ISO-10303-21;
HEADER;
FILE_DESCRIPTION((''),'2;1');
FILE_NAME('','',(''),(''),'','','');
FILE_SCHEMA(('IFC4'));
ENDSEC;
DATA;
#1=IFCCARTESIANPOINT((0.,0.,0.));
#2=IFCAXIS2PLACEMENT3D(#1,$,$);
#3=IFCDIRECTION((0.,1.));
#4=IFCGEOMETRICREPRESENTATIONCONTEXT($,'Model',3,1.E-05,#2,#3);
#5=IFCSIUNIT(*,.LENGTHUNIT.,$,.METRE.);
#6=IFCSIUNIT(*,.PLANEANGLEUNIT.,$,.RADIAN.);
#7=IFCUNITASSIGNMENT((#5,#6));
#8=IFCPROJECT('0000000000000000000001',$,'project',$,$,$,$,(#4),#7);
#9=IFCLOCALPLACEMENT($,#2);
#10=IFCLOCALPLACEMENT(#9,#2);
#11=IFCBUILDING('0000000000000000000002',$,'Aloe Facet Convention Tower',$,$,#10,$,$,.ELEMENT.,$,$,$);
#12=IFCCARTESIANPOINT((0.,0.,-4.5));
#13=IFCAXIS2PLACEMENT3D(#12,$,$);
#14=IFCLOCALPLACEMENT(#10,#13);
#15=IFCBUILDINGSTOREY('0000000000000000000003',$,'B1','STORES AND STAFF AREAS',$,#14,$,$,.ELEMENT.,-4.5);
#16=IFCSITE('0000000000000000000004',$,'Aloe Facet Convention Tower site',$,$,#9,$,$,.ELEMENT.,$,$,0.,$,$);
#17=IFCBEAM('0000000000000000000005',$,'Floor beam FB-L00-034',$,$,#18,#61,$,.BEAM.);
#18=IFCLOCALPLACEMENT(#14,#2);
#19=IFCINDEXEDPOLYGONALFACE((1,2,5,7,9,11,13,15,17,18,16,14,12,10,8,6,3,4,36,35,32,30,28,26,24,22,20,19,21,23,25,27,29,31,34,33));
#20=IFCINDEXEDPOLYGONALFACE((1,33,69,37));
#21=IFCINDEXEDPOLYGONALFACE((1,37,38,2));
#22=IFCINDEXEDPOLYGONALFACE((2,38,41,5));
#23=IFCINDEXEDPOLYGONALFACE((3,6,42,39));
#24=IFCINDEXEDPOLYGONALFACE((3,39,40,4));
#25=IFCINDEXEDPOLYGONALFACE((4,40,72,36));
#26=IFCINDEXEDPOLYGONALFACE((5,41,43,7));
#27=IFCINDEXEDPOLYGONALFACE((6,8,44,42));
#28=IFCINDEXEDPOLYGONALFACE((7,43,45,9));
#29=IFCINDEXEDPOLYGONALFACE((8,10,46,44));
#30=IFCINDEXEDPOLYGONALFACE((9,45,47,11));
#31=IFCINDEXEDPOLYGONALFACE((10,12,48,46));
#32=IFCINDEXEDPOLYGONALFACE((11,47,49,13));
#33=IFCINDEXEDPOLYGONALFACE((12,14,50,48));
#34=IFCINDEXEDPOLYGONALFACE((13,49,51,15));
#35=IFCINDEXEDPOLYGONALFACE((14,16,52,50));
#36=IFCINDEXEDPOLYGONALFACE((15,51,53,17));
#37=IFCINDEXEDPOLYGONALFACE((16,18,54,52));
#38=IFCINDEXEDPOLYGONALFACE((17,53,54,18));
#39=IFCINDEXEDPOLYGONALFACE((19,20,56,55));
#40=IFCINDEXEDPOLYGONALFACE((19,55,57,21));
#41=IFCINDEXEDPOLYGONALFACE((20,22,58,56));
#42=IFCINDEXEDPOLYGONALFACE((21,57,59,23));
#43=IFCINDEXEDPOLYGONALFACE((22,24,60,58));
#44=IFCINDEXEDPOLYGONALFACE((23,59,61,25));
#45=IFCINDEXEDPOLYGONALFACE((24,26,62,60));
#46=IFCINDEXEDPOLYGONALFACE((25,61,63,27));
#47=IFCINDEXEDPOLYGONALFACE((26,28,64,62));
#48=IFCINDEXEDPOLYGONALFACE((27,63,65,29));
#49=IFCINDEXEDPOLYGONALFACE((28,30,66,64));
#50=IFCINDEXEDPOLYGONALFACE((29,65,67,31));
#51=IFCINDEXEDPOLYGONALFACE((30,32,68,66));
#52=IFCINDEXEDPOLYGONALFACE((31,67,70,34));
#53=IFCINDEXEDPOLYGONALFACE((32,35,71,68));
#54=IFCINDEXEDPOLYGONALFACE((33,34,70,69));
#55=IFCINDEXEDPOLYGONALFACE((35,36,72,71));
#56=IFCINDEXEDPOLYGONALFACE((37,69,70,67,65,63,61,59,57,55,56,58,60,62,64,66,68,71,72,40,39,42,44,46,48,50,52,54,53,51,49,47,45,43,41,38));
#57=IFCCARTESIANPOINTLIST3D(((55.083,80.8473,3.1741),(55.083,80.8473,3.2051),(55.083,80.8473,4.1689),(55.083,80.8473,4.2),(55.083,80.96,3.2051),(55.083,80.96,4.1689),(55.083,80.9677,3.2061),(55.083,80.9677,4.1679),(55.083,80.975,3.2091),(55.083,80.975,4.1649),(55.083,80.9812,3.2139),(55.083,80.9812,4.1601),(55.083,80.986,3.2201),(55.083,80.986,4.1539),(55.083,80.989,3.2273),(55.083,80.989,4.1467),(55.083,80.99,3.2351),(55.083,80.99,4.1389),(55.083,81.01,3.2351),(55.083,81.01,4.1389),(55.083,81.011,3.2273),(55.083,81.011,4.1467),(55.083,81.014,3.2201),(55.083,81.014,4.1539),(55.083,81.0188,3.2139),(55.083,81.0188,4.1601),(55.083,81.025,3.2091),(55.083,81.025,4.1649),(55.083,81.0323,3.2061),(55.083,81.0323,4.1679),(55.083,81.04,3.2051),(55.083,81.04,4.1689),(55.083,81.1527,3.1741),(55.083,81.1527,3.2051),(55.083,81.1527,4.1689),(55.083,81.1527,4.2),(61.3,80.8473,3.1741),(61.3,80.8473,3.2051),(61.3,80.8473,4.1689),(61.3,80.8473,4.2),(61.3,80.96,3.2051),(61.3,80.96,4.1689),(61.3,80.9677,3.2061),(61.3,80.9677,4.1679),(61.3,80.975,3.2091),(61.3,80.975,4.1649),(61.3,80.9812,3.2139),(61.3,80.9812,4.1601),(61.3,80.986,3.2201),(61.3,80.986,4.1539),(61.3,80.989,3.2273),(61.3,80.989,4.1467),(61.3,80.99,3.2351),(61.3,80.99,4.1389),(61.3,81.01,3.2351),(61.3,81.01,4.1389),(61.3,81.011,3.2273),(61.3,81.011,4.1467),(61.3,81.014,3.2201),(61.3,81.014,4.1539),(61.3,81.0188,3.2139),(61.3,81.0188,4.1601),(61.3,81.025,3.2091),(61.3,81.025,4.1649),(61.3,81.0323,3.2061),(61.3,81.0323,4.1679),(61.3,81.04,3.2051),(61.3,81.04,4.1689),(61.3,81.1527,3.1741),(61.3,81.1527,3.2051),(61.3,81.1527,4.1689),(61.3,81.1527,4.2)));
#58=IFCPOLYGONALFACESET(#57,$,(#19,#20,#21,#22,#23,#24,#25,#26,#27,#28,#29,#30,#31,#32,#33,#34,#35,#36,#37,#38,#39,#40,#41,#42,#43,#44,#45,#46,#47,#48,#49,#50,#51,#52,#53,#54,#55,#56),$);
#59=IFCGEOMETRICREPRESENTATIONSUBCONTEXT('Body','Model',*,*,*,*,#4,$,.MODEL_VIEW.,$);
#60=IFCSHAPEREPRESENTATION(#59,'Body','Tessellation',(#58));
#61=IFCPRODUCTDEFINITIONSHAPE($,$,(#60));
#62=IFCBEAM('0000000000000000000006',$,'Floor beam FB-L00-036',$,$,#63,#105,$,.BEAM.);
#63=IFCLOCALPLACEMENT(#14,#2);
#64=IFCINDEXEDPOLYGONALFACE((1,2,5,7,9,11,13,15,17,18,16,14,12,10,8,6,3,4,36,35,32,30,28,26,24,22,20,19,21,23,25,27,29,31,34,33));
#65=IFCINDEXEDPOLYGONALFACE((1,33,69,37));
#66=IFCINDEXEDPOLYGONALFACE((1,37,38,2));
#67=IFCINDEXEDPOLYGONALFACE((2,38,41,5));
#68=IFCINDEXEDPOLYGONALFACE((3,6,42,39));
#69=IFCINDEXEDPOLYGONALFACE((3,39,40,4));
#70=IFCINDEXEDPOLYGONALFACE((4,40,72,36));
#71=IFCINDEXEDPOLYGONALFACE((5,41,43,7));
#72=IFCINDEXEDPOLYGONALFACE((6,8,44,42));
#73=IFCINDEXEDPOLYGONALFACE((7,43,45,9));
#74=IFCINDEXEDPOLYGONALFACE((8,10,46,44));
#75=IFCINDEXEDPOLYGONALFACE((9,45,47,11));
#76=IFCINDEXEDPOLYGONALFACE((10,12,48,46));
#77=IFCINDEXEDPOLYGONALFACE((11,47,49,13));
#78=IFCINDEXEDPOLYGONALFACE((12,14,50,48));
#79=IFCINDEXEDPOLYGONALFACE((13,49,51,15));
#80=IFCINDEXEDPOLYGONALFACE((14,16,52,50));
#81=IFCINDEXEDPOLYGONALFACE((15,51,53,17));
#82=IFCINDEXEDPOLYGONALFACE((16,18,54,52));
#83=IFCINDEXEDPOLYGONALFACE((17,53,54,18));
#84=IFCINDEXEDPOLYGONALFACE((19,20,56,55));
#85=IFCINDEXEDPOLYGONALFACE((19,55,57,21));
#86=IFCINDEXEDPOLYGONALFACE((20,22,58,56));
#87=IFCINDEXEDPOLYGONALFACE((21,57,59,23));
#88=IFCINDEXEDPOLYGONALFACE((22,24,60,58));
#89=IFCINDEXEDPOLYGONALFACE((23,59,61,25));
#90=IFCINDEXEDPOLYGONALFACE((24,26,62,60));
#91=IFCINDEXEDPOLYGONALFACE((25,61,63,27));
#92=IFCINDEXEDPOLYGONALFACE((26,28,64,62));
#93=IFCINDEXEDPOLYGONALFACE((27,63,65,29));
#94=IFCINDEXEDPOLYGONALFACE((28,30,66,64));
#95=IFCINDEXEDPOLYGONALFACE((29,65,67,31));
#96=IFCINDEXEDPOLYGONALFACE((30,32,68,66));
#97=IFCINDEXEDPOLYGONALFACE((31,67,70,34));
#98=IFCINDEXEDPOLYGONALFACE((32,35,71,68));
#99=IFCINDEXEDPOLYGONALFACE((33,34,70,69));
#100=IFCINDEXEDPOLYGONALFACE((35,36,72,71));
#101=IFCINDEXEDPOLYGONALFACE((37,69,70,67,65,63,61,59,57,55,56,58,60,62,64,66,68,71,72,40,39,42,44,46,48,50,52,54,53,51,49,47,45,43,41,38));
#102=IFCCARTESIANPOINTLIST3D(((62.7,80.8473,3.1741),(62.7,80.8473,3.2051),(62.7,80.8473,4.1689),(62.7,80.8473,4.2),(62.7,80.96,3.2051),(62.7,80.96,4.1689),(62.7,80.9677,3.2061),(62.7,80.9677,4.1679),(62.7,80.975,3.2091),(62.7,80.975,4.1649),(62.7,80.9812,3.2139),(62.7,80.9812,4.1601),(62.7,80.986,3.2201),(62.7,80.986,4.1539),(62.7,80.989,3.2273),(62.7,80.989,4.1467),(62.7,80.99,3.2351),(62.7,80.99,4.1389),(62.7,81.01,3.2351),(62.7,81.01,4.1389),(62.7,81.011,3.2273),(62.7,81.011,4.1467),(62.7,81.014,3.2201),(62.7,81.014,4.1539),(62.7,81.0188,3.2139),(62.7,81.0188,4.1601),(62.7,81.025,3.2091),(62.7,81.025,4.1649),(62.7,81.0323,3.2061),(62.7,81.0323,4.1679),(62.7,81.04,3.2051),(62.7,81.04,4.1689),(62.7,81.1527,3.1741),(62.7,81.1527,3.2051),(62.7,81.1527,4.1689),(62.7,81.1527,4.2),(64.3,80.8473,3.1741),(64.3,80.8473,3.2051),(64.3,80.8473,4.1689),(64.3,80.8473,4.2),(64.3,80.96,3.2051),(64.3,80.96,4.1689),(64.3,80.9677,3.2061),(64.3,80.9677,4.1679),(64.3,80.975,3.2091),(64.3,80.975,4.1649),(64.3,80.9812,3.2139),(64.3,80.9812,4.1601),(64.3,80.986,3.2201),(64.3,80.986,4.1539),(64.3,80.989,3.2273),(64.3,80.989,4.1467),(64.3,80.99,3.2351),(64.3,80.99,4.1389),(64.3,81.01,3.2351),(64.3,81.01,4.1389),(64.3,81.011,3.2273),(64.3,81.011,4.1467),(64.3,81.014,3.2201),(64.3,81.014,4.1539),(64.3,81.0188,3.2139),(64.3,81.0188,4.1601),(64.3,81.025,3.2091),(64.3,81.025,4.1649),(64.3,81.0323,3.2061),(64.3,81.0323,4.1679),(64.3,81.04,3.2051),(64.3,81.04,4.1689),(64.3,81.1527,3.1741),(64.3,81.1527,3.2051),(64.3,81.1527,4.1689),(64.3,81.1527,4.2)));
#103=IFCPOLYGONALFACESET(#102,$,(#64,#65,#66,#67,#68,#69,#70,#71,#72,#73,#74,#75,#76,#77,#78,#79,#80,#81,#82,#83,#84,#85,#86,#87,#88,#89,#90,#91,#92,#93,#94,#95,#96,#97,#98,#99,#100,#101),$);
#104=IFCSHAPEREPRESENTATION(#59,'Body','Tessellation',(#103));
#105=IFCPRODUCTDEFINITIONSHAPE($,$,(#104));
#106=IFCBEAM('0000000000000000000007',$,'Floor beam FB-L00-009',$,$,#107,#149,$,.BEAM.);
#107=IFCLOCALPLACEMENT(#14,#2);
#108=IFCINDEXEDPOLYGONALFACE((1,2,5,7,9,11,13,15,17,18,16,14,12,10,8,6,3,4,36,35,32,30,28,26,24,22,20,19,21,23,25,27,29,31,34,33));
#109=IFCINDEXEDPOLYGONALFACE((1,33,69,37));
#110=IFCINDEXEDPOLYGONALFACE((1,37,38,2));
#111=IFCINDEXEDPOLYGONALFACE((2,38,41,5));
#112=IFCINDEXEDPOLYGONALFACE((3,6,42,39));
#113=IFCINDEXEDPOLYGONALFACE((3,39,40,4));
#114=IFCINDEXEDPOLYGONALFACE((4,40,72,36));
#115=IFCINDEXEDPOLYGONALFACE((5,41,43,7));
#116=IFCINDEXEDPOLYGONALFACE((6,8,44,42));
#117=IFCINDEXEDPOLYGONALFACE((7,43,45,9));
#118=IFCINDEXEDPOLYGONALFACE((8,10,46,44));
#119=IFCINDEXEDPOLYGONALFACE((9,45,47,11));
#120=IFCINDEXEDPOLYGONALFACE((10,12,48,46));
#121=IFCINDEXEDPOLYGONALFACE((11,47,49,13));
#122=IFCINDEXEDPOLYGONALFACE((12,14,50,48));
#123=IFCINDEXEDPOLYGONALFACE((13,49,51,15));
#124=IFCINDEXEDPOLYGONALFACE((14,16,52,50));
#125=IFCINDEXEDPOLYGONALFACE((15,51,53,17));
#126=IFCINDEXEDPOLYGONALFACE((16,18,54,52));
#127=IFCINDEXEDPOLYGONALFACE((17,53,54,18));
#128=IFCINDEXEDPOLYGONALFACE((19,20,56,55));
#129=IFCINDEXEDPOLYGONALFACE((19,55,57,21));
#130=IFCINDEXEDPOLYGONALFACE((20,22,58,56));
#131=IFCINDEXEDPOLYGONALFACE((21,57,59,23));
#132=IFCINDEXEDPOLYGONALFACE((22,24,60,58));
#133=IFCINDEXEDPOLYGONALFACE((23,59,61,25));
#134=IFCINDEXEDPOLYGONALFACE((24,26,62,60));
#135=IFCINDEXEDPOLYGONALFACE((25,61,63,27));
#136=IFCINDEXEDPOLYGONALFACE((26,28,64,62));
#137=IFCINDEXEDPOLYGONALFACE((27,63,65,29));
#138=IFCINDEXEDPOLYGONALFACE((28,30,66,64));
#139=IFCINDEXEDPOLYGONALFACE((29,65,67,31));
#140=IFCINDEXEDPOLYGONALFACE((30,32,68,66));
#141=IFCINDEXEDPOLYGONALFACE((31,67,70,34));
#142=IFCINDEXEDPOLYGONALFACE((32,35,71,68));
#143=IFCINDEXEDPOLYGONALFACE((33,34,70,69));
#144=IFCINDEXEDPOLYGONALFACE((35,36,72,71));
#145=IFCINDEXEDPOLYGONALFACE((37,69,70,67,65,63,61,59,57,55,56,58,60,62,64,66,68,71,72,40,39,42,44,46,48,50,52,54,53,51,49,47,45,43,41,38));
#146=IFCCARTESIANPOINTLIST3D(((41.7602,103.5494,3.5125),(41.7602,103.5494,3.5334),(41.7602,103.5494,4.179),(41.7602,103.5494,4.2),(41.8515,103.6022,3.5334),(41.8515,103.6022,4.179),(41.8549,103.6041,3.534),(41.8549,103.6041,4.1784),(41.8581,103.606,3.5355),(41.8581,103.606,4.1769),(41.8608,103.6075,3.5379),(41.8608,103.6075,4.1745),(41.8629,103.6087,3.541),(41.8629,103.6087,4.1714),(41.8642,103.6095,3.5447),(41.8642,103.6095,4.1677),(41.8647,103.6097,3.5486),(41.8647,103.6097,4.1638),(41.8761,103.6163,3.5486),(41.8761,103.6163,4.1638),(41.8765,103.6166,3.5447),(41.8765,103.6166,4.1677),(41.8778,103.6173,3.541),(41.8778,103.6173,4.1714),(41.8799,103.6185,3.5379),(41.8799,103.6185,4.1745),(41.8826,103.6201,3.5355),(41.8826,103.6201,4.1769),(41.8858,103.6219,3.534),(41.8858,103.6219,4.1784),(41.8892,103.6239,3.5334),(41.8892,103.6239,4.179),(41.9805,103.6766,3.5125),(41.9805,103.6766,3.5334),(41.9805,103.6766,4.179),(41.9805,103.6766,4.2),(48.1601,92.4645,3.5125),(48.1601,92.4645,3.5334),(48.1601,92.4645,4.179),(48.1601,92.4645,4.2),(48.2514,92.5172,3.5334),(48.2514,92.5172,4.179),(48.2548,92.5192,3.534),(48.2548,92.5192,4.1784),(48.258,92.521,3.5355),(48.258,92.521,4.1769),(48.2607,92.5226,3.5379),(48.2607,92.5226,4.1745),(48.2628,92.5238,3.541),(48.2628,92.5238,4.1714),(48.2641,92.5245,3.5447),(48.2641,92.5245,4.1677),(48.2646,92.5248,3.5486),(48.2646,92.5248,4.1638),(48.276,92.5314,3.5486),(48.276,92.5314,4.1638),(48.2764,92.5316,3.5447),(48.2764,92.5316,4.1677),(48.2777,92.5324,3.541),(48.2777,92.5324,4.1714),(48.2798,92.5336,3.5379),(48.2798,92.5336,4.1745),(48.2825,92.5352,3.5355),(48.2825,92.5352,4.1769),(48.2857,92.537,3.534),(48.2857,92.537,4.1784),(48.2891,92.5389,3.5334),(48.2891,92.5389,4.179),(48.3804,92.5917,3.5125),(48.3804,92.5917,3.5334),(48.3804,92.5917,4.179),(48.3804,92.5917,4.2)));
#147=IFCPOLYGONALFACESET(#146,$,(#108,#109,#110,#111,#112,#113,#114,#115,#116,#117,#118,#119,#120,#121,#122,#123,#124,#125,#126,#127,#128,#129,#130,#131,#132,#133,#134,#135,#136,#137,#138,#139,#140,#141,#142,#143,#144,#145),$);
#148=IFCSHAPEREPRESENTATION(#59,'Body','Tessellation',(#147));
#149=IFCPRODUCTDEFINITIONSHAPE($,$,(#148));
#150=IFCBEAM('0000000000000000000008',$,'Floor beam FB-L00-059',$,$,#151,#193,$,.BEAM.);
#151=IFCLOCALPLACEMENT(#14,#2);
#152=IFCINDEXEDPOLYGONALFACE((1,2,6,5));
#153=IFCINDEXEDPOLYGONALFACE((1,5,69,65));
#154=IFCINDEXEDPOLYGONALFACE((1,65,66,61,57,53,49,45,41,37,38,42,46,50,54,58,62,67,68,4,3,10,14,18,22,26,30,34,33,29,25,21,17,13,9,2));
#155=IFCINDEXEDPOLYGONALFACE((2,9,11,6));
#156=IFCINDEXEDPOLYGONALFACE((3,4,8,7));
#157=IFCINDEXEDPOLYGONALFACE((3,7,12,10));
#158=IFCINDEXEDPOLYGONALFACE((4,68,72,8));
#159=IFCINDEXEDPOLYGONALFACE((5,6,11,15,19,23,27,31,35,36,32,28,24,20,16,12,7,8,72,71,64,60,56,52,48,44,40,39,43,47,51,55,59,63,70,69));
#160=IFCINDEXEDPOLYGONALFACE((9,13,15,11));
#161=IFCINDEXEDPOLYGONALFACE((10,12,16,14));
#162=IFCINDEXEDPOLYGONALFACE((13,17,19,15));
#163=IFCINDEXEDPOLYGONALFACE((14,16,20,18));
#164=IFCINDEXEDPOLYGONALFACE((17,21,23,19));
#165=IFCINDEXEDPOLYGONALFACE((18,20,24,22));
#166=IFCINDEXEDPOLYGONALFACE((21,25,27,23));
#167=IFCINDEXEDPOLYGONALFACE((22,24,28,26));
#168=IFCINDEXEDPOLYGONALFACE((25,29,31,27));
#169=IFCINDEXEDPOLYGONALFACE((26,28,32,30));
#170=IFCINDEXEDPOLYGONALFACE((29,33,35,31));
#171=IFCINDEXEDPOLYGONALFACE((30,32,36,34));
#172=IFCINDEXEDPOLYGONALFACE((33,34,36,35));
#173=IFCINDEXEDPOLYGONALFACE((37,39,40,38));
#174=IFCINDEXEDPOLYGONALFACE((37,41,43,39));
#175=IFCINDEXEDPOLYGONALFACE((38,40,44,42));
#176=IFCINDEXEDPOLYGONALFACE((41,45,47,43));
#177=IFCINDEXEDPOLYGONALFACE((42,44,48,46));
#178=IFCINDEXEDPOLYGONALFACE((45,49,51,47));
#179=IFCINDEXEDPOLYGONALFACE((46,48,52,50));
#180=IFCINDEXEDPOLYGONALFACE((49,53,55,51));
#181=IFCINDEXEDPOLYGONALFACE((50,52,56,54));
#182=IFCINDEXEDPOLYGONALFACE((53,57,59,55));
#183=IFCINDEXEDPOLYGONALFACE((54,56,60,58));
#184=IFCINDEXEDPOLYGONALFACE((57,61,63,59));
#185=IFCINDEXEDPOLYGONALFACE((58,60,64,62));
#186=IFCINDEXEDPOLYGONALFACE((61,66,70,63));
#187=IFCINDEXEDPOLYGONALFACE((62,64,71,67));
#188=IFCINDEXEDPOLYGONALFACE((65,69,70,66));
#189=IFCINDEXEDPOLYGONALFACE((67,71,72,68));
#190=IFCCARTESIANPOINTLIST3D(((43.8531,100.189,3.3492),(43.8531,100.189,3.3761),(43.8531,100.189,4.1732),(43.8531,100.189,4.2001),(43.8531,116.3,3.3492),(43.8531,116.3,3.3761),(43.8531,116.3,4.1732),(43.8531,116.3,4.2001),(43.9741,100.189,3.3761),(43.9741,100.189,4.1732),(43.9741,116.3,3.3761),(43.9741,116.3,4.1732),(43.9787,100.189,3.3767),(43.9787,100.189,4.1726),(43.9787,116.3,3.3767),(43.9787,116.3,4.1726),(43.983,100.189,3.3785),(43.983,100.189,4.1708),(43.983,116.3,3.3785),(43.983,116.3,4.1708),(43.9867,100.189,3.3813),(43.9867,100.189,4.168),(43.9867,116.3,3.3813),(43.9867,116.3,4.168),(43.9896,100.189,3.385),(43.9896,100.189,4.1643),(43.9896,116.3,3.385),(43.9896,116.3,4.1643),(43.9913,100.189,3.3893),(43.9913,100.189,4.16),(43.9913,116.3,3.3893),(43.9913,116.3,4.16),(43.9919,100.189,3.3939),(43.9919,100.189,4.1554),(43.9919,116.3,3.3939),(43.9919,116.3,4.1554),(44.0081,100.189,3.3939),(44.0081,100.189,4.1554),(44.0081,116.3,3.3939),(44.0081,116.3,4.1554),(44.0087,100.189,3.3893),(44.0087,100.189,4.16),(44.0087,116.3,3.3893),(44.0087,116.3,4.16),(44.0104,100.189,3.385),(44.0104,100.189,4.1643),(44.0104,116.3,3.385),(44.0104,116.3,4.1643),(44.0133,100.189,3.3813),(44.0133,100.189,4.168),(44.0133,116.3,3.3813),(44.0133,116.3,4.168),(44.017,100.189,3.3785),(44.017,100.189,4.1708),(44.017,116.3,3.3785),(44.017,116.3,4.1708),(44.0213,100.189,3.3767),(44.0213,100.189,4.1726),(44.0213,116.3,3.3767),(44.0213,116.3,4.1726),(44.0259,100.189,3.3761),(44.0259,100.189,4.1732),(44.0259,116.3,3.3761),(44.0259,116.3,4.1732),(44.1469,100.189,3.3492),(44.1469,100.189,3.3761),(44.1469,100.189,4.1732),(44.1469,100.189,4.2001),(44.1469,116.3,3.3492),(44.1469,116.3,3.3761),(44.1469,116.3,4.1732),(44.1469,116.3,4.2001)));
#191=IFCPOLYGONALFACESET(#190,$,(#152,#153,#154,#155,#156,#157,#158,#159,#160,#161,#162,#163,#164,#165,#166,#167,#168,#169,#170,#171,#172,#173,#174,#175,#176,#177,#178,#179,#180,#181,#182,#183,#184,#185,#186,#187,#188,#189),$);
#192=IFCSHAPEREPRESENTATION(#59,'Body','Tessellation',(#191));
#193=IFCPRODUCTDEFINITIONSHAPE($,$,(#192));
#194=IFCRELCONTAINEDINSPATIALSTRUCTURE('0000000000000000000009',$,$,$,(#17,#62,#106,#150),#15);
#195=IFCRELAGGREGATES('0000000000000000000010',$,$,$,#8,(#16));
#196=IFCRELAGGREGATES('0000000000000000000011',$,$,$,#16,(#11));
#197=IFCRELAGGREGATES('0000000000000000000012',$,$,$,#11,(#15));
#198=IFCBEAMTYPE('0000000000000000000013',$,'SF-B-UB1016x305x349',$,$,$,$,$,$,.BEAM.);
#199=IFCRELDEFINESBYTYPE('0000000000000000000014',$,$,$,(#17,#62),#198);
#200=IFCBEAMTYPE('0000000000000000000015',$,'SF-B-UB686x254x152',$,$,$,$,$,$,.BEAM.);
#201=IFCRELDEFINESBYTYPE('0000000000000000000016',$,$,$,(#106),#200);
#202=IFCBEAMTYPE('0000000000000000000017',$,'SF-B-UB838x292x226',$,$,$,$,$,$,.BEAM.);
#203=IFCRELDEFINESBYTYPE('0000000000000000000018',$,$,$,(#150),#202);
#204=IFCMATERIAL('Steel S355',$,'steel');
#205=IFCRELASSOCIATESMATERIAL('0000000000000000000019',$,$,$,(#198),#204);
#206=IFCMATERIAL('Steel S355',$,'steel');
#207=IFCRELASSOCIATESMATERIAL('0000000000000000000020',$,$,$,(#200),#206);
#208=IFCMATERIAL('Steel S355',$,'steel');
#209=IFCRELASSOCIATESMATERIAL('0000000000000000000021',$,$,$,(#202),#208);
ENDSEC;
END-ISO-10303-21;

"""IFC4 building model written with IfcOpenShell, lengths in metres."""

from ifc_helpers import new_model, si_unit, direction, frame, origin, origin_2d, place, context, subcontext, project, spatial, i_section, extrude, material, material_profile, profile_set, type_object, element, save


model = new_model("IFC4")

# Units and contexts
model_context = context("Model", 3, precision=1e-05, world=origin(), true_north=direction((0.0, 1.0)))
body_context = subcontext(model_context, "Body", "Model", "MODEL_VIEW")
ifc_project = project(units=[si_unit("LENGTHUNIT", "METRE"), si_unit("PLANEANGLEUNIT", "RADIAN")], contexts=[model_context])

# Site, building, storey
site_placement = place(None, origin())
site = spatial("IfcSite", under=ifc_project, at=site_placement, Name="Aloe Facet Convention Tower site", CompositionType="ELEMENT", RefElevation=0.0)
building_placement = place(site_placement, origin())
building = spatial("IfcBuilding", under=site, at=building_placement, Name="Aloe Facet Convention Tower", CompositionType="ELEMENT")
storey_placement = place(building_placement, frame((0.0, 0.0, -4.5)))
storey = spatial("IfcBuildingStorey", under=building, at=storey_placement, Name="B1", Description="STORES AND STAFF AREAS", CompositionType="ELEMENT", Elevation=-4.5)

# Beams
ifc_material_1 = material(Name="Steel S355", Category="steel")
ifc_material_profile_1 = material_profile(ifc_material_1, i_section(OverallWidth=0.3054, OverallDepth=1.0259, WebThickness=0.02, FlangeThickness=0.031, FilletRadius=0.03, at=origin_2d()), Name="UB 1016x305x349")
ifc_profile_set_1 = profile_set([ifc_material_profile_1], Name="Steel S355")
beam_type_1 = type_object("IfcBeamType", Name="SF-B-UB1016x305x349", PredefinedType="BEAM", material=ifc_profile_set_1)
beam_1_placement = place(storey_placement, frame((55.083, 81.0, 3.687), z_axis=(1.0, 0.0, 0.0), x_axis=(0.0, 1.0, 0.0)))
element("IfcBeam", 1, at=beam_1_placement, inside=storey, type_object=beam_type_1, Name="Floor beam FB-L00-034", PredefinedType="BEAM", context=body_context, shape_type="SweptSolid", body=[
    extrude(i_section(OverallWidth=0.3054, OverallDepth=1.0259, WebThickness=0.02, FlangeThickness=0.031, FilletRadius=0.03, at=origin_2d()), origin(), (0.0, 0.0, 1.0), 6.217),
])
beam_2_placement = place(storey_placement, frame((62.7, 81.0, 3.687), z_axis=(1.0, 0.0, 0.0), x_axis=(0.0, 1.0, 0.0)))
element("IfcBeam", 2, at=beam_2_placement, inside=storey, type_object=beam_type_1, Name="Floor beam FB-L00-036", PredefinedType="BEAM", context=body_context, shape_type="SweptSolid", body=[
    extrude(i_section(OverallWidth=0.3054, OverallDepth=1.0259, WebThickness=0.02, FlangeThickness=0.031, FilletRadius=0.03, at=origin_2d()), origin(), (0.0, 0.0, 1.0), 1.6001),
])
ifc_material_2 = material(Name="Steel S355", Category="steel")
ifc_material_profile_2 = material_profile(ifc_material_2, i_section(OverallWidth=0.2544, OverallDepth=0.6875, WebThickness=0.0132, FlangeThickness=0.021, FilletRadius=0.0151, at=origin_2d()), Name="UB 686x254x152")
ifc_profile_set_2 = profile_set([ifc_material_profile_2], Name="Steel S355")
beam_type_2 = type_object("IfcBeamType", Name="SF-B-UB686x254x152", PredefinedType="BEAM", material=ifc_profile_set_2)
beam_3_placement = place(storey_placement, frame((48.2703, 92.5281, 3.8562), z_axis=(-0.5, 0.866025, 0.0), x_axis=(-0.866025, -0.5, 0.0)))
element("IfcBeam", 3, at=beam_3_placement, inside=storey, type_object=beam_type_2, Name="Floor beam FB-L00-009", PredefinedType="BEAM", context=body_context, shape_type="SweptSolid", body=[
    extrude(i_section(OverallWidth=0.2544, OverallDepth=0.6875, WebThickness=0.0132, FlangeThickness=0.021, FilletRadius=0.0151, at=origin_2d()), origin(), (0.0, 0.0, 1.0), 12.7998),
])
ifc_material_3 = material(Name="Steel S355", Category="steel")
ifc_material_profile_3 = material_profile(ifc_material_3, i_section(OverallWidth=0.2937, OverallDepth=0.8508, WebThickness=0.0161, FlangeThickness=0.0269, FilletRadius=0.0178, at=origin_2d()), Name="UB 838x292x226")
ifc_profile_set_3 = profile_set([ifc_material_profile_3], Name="Steel S355")
beam_type_3 = type_object("IfcBeamType", Name="SF-B-UB838x292x226", PredefinedType="BEAM", material=ifc_profile_set_3)
beam_4_placement = place(storey_placement, frame((44.0, 100.189, 3.7747), z_axis=(0.0, 1.0, 0.0), x_axis=(-1.0, 0.0, 0.0)))
element("IfcBeam", 4, at=beam_4_placement, inside=storey, type_object=beam_type_3, Name="Floor beam FB-L00-059", PredefinedType="BEAM", context=body_context, shape_type="SweptSolid", body=[
    extrude(i_section(OverallWidth=0.2937, OverallDepth=0.8508, WebThickness=0.0161, FlangeThickness=0.0269, FilletRadius=0.0178, at=origin_2d()), origin(), (0.0, 0.0, 1.0), 16.1111),
])

save(model, "model.ifc")
